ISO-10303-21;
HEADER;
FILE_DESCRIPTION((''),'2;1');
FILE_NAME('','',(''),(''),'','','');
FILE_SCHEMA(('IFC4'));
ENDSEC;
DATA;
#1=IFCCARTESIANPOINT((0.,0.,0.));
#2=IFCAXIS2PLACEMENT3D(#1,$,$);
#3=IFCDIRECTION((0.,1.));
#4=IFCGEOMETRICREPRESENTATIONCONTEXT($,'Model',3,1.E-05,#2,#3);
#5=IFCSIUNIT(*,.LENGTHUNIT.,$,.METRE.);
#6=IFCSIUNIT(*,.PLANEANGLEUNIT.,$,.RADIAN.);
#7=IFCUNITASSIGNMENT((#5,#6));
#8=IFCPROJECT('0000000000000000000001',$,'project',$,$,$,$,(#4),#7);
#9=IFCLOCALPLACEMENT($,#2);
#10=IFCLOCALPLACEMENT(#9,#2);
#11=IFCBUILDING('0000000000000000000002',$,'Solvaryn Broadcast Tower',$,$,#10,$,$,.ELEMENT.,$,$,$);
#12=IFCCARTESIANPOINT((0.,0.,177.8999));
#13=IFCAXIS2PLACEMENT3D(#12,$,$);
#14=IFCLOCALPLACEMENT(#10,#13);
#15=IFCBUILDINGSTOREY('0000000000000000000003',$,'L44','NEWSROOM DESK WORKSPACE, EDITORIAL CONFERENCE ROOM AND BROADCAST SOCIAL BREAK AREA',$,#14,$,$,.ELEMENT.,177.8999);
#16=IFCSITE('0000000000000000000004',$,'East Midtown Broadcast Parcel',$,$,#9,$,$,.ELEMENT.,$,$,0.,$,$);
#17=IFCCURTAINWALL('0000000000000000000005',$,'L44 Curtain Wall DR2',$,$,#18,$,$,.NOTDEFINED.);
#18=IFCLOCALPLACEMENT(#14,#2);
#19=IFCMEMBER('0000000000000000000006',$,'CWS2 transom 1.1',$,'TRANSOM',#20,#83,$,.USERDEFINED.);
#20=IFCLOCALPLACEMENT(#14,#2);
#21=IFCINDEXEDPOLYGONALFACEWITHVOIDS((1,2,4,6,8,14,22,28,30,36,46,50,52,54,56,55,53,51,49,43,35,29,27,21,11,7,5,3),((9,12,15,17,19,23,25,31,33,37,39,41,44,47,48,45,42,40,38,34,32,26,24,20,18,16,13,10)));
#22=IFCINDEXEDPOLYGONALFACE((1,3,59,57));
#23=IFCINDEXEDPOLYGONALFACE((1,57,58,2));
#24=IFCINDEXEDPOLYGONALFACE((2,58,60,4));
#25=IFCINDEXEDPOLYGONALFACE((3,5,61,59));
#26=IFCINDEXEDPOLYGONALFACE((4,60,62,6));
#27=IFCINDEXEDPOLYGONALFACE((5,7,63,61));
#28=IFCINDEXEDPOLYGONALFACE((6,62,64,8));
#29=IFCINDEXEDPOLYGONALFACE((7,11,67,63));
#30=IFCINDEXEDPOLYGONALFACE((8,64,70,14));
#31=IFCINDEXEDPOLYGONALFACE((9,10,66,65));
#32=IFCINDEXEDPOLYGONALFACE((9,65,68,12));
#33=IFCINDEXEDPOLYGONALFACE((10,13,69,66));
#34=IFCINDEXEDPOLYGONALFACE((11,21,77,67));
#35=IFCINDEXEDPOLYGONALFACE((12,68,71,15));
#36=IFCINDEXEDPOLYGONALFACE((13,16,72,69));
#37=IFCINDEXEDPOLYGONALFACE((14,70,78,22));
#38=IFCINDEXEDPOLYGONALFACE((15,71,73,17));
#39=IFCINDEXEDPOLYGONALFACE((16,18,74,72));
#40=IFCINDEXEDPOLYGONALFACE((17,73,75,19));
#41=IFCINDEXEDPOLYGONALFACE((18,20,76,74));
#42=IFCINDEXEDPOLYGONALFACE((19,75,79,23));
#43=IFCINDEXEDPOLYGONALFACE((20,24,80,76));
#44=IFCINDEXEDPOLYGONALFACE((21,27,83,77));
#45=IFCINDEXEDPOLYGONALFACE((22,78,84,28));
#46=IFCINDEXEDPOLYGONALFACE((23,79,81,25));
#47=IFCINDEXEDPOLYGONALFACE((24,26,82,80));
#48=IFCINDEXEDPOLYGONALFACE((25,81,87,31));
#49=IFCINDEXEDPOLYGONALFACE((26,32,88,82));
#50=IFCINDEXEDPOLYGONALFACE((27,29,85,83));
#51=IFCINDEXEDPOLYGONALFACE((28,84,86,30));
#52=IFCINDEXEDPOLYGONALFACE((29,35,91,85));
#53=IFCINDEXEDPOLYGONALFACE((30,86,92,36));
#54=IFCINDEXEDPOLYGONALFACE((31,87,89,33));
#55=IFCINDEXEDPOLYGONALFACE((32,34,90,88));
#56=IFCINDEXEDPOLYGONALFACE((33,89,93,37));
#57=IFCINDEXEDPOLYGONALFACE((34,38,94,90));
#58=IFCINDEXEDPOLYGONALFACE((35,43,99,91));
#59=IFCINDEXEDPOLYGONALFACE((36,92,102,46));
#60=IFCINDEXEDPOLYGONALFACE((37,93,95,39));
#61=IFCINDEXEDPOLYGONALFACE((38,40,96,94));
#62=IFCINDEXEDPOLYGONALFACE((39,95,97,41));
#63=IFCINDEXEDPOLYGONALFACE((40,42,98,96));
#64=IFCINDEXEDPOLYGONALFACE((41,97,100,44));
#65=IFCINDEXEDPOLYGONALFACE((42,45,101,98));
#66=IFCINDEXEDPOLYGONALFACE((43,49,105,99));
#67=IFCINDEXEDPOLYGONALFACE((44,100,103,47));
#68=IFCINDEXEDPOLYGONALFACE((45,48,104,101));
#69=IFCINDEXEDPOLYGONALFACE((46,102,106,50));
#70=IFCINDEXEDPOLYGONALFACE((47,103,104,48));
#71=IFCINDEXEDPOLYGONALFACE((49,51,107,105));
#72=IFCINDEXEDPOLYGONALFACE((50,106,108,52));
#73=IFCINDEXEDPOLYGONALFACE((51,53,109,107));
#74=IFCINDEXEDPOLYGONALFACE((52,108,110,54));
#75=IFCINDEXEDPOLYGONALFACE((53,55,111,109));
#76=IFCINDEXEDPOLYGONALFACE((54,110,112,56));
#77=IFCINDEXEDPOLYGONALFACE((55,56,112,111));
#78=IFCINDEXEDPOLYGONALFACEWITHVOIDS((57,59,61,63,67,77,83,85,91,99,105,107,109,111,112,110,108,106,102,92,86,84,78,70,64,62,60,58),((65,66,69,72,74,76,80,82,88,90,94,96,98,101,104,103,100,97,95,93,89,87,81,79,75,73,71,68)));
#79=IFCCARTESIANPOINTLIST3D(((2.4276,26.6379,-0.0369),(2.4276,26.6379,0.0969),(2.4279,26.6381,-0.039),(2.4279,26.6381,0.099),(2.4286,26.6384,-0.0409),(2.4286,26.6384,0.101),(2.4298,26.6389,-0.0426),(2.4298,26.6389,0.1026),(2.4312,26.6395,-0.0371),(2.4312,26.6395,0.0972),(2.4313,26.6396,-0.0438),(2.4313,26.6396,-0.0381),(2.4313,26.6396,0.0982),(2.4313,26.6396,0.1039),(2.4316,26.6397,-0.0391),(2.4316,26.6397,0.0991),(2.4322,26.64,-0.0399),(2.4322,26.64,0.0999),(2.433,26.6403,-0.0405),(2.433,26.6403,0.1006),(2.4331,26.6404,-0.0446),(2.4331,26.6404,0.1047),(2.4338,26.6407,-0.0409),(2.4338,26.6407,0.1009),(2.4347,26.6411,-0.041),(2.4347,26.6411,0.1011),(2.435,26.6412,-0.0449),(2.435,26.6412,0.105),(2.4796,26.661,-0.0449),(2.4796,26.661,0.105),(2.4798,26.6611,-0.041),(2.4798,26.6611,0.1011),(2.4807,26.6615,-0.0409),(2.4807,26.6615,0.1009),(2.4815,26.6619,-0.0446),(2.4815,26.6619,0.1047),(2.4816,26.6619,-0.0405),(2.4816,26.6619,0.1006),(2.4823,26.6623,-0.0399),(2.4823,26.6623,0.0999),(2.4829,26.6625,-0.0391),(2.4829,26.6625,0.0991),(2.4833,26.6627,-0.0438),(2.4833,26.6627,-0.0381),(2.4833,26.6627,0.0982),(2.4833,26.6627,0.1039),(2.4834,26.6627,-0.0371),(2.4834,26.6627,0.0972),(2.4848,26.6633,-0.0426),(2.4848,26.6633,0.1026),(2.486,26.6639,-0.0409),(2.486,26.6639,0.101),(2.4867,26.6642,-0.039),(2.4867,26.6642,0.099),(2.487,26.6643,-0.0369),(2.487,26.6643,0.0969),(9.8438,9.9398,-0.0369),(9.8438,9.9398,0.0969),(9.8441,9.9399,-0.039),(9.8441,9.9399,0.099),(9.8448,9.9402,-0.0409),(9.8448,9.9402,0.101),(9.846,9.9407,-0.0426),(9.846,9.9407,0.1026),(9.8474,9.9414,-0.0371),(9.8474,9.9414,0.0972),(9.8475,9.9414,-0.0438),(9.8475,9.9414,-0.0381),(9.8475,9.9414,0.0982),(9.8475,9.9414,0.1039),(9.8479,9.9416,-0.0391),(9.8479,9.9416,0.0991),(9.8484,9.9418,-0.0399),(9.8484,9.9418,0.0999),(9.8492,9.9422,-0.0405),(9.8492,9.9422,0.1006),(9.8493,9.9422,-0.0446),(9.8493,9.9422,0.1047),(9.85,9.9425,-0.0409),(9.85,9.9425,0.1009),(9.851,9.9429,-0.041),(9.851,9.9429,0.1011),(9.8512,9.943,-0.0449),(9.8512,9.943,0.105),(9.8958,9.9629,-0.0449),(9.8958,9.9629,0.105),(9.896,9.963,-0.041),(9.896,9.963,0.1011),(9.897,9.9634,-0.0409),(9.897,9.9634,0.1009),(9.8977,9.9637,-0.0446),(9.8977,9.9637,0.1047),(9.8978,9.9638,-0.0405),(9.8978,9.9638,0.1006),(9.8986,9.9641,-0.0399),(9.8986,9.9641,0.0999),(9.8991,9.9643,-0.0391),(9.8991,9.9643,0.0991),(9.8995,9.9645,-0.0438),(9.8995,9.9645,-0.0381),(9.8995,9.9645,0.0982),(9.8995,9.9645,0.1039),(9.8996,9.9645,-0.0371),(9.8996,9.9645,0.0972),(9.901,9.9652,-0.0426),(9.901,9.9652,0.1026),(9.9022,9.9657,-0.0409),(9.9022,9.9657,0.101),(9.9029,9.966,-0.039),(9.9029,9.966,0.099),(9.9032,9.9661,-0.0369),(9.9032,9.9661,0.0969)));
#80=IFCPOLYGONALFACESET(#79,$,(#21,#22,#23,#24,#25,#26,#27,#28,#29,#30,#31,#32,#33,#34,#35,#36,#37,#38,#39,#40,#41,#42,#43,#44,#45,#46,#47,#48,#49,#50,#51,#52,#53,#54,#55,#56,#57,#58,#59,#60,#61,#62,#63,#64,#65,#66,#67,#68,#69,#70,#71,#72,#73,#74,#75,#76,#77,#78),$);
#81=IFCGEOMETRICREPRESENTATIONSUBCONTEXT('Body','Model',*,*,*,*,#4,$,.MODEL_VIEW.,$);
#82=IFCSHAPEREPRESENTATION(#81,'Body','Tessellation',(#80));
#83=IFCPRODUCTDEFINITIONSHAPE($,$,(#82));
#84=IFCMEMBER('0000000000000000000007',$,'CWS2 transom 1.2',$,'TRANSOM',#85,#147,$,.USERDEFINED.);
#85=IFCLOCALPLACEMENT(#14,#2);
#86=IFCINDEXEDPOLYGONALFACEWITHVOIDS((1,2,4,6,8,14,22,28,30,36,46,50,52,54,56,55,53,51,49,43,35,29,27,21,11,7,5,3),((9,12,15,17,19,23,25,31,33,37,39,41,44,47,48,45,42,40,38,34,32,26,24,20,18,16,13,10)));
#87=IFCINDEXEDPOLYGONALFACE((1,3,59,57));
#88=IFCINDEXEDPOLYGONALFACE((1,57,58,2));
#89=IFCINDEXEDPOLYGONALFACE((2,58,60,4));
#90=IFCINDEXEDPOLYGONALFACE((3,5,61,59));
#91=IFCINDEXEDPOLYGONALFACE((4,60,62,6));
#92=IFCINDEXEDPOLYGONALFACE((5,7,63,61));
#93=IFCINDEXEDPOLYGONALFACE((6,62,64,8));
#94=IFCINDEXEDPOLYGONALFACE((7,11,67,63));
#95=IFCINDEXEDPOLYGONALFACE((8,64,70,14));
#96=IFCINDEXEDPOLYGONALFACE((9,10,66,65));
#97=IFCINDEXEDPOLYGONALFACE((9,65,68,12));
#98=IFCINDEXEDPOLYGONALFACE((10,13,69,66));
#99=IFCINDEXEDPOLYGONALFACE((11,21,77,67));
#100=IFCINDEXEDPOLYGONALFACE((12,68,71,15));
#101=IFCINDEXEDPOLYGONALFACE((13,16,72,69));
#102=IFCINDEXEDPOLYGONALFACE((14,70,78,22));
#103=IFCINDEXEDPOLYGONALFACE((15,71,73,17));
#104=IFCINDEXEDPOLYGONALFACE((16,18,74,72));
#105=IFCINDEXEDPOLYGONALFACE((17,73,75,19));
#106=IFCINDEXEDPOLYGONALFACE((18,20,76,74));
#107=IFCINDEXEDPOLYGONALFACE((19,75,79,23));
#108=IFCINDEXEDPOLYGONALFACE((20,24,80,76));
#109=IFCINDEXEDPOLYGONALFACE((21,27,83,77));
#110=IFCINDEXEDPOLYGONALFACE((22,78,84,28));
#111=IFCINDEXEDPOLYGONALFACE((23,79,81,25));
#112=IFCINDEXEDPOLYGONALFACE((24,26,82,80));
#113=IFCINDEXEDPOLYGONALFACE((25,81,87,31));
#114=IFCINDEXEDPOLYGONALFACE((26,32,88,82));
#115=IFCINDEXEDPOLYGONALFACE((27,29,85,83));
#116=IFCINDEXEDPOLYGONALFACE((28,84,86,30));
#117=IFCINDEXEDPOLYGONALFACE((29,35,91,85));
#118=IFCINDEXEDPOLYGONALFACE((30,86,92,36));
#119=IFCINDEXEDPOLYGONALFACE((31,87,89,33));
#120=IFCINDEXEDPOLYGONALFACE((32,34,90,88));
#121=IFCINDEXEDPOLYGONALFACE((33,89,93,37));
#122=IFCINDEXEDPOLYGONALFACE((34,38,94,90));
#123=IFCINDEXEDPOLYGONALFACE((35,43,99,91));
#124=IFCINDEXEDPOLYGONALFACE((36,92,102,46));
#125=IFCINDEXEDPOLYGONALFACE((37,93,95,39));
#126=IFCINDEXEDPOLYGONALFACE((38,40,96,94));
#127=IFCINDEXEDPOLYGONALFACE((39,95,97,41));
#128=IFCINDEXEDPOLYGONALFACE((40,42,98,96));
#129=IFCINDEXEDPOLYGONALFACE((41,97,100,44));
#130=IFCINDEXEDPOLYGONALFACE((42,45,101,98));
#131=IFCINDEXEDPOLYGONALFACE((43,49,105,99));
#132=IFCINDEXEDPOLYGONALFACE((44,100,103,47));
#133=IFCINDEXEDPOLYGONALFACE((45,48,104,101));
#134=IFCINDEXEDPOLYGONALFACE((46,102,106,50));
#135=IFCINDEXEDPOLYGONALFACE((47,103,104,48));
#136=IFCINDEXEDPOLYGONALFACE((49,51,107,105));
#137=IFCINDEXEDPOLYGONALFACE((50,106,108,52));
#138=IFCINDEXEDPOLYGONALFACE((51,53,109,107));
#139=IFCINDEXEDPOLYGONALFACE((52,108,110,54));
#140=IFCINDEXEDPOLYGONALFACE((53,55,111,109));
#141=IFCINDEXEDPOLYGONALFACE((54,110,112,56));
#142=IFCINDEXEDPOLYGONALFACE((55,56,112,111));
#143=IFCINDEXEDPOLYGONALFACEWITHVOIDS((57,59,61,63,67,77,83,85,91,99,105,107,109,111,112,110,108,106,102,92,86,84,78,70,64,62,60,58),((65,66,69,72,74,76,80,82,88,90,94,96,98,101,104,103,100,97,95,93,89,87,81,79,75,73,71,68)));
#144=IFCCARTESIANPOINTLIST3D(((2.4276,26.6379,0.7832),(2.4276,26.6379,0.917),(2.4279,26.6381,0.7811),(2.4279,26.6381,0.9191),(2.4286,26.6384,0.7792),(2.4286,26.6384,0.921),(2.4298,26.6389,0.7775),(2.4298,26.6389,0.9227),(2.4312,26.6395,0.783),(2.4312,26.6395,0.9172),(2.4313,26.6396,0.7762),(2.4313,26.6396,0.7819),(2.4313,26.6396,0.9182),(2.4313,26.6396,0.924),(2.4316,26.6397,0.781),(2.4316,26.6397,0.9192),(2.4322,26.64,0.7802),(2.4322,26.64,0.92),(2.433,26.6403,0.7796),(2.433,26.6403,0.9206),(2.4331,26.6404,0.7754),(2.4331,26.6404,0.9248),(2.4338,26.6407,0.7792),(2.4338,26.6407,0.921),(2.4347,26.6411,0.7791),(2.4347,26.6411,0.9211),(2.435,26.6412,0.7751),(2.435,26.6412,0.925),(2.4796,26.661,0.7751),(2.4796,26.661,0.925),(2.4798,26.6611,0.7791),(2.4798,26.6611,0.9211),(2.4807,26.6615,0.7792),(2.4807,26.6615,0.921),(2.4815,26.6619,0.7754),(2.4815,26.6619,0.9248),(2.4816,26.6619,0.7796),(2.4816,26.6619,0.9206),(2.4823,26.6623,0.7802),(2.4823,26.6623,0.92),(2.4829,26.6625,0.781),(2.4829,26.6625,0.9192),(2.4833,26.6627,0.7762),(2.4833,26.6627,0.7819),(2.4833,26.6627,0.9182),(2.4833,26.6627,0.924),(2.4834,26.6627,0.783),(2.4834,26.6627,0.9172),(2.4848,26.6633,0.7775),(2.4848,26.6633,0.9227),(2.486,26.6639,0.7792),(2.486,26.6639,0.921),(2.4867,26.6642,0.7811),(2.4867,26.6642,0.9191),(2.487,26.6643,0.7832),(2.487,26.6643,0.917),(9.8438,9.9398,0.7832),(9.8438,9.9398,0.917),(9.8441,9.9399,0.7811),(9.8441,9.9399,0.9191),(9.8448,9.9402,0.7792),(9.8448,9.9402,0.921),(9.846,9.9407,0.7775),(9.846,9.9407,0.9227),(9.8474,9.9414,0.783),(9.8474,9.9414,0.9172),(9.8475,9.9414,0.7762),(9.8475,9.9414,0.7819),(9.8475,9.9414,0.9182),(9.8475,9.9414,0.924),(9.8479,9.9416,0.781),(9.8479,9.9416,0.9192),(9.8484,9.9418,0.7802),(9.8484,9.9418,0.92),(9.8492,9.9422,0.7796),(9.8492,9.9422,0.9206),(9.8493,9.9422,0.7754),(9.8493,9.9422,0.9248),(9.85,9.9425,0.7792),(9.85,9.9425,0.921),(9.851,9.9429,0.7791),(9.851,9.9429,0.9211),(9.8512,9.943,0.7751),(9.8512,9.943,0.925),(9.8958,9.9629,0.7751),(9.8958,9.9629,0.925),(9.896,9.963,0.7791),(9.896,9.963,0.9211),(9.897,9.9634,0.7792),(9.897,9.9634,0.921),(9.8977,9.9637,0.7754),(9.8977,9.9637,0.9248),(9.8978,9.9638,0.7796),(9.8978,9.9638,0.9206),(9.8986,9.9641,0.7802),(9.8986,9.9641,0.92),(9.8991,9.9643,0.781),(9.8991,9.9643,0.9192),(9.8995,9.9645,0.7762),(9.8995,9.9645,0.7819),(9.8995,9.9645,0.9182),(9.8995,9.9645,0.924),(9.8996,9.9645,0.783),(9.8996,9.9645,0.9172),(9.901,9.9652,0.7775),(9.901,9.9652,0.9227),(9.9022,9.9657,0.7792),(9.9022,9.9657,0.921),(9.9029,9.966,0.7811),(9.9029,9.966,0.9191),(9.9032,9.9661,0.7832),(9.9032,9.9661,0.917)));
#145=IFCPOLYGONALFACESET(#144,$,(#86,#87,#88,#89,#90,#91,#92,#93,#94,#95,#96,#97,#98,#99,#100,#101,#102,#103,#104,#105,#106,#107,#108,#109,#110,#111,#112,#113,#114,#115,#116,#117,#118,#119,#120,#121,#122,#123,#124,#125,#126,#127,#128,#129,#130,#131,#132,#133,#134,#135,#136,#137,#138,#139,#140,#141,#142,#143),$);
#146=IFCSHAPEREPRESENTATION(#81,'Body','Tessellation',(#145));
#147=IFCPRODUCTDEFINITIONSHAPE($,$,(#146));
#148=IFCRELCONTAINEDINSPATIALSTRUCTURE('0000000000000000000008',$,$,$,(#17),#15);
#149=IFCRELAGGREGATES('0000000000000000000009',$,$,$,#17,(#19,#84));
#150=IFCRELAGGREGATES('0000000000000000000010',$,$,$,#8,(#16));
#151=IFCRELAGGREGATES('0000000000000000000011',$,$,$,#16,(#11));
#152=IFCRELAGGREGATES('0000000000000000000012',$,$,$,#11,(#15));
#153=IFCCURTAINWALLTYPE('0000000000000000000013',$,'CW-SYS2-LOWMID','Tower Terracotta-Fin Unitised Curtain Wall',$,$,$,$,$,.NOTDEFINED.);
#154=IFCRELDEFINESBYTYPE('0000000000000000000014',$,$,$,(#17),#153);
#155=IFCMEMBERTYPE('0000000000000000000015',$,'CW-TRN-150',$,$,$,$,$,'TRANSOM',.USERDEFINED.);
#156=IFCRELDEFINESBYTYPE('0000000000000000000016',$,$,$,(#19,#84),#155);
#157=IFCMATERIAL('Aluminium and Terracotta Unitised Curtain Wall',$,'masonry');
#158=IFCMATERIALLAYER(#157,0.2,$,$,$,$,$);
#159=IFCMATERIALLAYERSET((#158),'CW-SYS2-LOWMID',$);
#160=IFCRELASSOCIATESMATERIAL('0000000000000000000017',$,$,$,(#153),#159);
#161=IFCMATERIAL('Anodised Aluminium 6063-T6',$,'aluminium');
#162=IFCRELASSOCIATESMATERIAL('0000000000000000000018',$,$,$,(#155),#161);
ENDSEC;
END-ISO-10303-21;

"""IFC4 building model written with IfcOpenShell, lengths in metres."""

from ifc_helpers import new_model, si_unit, direction, frame, origin, origin_2d, place, context, subcontext, project, spatial, hollow_rectangle, extrude, material, layer, layer_set, material_profile, profile_set, type_object, element, aggregate, save


model = new_model("IFC4")

# Units and contexts
model_context = context("Model", 3, precision=1e-05, world=origin(), true_north=direction((0.0, 1.0)))
body_context = subcontext(model_context, "Body", "Model", "MODEL_VIEW")
ifc_project = project(units=[si_unit("LENGTHUNIT", "METRE"), si_unit("PLANEANGLEUNIT", "RADIAN")], contexts=[model_context])

# Site, building, storey
site_placement = place(None, origin())
site = spatial("IfcSite", under=ifc_project, at=site_placement, Name="East Midtown Broadcast Parcel", CompositionType="ELEMENT", RefElevation=0.0)
building_placement = place(site_placement, origin())
building = spatial("IfcBuilding", under=site, at=building_placement, Name="Solvaryn Broadcast Tower", CompositionType="ELEMENT")
storey_placement = place(building_placement, frame((0.0, 0.0, 177.8999)))
storey = spatial("IfcBuildingStorey", under=building, at=storey_placement, Name="L44", Description="NEWSROOM DESK WORKSPACE, EDITORIAL CONFERENCE ROOM AND BROADCAST SOCIAL BREAK AREA", CompositionType="ELEMENT", Elevation=177.8999)

# Shared definitions
ifc_material_1 = material(Name="Aluminium and Terracotta Unitised Curtain Wall", Category="masonry")
ifc_layer_1 = layer(ifc_material_1, 0.2)
ifc_layer_set_1 = layer_set([ifc_layer_1], Name="CW-SYS2-LOWMID")
curtain_wall_type = type_object("IfcCurtainWallType", Name="CW-SYS2-LOWMID", Description="Tower Terracotta-Fin Unitised Curtain Wall", PredefinedType="NOTDEFINED", material=ifc_layer_set_1)

# Curtain wall, members
curtain_wall_1_placement = place(storey_placement, origin())
curtain_wall_1 = element("IfcCurtainWall", 1, at=curtain_wall_1_placement, inside=storey, type_object=curtain_wall_type, Name="L44 Curtain Wall DR2", PredefinedType="NOTDEFINED")
ifc_material_2 = material(Name="Anodised Aluminium 6063-T6", Category="aluminium")
ifc_material_profile_1 = material_profile(ifc_material_2, hollow_rectangle(XDim=0.0649, YDim=0.1499, WallThickness=0.0039, InnerFilletRadius=0.0039, OuterFilletRadius=0.0081, at=origin_2d()))
ifc_profile_set_1 = profile_set([ifc_material_profile_1], Name="Anodised Aluminium 6063-T6")
member_type_1 = type_object("IfcMemberType", Name="CW-TRN-150", ElementType="TRANSOM", PredefinedType="USERDEFINED", material=ifc_profile_set_1)
member_1_placement = place(storey_placement, frame((2.4573, 26.6511, 0.03), z_axis=(0.405902, -0.913917, 0.0), x_axis=(0.913917, 0.405902, 0.0)))
member_1 = element("IfcMember", 2, at=member_1_placement, type_object=member_type_1, Name="CWS2 transom 1.1", ObjectType="TRANSOM", PredefinedType="USERDEFINED", context=body_context, shape_type="SweptSolid", body=[
    extrude(hollow_rectangle(XDim=0.0649, YDim=0.1499, WallThickness=0.0039, InnerFilletRadius=0.0039, OuterFilletRadius=0.0081, at=origin_2d()), origin(), (0.0, 0.0, 1.0), 18.271),
])
member_2_placement = place(storey_placement, frame((2.4573, 26.6511, 0.8501), z_axis=(0.405902, -0.913917, 0.0), x_axis=(0.913917, 0.405902, 0.0)))
member_2 = element("IfcMember", 3, at=member_2_placement, type_object=member_type_1, Name="CWS2 transom 1.2", ObjectType="TRANSOM", PredefinedType="USERDEFINED", context=body_context, shape_type="SweptSolid", body=[
    extrude(hollow_rectangle(XDim=0.0649, YDim=0.1499, WallThickness=0.0039, InnerFilletRadius=0.0039, OuterFilletRadius=0.0081, at=origin_2d()), origin(), (0.0, 0.0, 1.0), 18.271),
])
aggregate(curtain_wall_1, [member_1, member_2])

save(model, "model.ifc")
